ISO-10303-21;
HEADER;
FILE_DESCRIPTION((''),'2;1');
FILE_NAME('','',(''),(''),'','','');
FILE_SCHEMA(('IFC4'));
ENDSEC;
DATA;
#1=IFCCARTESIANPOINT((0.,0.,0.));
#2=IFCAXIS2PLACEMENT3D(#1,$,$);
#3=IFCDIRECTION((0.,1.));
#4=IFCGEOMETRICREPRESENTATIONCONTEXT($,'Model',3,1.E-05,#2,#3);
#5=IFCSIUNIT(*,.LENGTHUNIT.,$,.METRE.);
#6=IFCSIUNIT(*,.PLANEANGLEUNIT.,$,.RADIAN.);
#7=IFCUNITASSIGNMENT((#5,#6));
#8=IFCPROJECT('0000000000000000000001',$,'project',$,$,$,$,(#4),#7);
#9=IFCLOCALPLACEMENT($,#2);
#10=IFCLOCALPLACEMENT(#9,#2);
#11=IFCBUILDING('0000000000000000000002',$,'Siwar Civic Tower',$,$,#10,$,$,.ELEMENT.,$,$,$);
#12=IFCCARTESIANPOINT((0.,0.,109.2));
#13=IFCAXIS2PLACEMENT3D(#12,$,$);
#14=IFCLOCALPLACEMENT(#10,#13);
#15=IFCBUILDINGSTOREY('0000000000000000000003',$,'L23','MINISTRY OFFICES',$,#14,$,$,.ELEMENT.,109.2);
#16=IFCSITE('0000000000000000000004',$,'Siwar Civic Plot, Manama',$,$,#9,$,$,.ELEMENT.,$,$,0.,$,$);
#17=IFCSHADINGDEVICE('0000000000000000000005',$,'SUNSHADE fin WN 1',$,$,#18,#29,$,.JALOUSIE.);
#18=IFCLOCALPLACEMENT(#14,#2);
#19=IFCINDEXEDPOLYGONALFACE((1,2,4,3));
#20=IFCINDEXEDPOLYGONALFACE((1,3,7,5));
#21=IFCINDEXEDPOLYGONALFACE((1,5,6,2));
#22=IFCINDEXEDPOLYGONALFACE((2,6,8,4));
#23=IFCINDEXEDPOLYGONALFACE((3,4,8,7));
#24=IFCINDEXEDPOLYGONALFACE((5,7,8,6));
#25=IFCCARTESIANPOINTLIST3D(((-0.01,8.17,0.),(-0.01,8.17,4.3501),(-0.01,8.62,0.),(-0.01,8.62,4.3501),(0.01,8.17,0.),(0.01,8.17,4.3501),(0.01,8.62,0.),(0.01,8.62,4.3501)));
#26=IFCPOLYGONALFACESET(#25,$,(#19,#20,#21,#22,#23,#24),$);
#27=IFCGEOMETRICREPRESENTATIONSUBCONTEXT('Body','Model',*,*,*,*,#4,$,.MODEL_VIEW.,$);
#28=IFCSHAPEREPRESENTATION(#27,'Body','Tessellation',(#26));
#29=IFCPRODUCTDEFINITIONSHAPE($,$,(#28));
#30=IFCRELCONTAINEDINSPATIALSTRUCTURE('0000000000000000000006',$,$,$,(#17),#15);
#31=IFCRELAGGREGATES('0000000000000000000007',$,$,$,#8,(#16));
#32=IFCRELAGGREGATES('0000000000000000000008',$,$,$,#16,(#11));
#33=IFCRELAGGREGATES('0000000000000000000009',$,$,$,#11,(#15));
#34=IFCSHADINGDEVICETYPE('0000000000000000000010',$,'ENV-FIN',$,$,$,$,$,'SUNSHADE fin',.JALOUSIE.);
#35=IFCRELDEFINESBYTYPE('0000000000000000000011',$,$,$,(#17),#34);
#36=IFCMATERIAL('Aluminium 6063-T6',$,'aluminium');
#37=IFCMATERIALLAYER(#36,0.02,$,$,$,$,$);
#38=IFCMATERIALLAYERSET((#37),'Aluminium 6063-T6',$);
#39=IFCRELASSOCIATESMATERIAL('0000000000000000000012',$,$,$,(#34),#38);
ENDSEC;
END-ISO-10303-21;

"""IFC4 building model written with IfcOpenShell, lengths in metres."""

from ifc_helpers import new_model, si_unit, direction, frame, origin, origin_2d, place, context, subcontext, project, spatial, rectangle, extrude, material, layer, layer_set, type_object, element, save


model = new_model("IFC4")

# Units and contexts
model_context = context("Model", 3, precision=1e-05, world=origin(), true_north=direction((0.0, 1.0)))
body_context = subcontext(model_context, "Body", "Model", "MODEL_VIEW")
ifc_project = project(units=[si_unit("LENGTHUNIT", "METRE"), si_unit("PLANEANGLEUNIT", "RADIAN")], contexts=[model_context])

# Site, building, storey
site_placement = place(None, origin())
site = spatial("IfcSite", under=ifc_project, at=site_placement, Name="Siwar Civic Plot, Manama", CompositionType="ELEMENT", RefElevation=0.0)
building_placement = place(site_placement, origin())
building = spatial("IfcBuilding", under=site, at=building_placement, Name="Siwar Civic Tower", CompositionType="ELEMENT")
storey_placement = place(building_placement, frame((0.0, 0.0, 109.2)))
storey = spatial("IfcBuildingStorey", under=building, at=storey_placement, Name="L23", Description="MINISTRY OFFICES", CompositionType="ELEMENT", Elevation=109.2)

# Shading device
ifc_material_1 = material(Name="Aluminium 6063-T6", Category="aluminium")
ifc_layer_1 = layer(ifc_material_1, 0.02)
ifc_layer_set_1 = layer_set([ifc_layer_1], Name="Aluminium 6063-T6")
shading_device_type = type_object("IfcShadingDeviceType", Name="ENV-FIN", ElementType="SUNSHADE fin", PredefinedType="JALOUSIE", material=ifc_layer_set_1)
shading_device_placement = place(storey_placement, frame((0.0, 8.395, 0.0), z_axis=(0.0, 0.0, 1.0), x_axis=(-1.0, 0.0, 0.0)))
element("IfcShadingDevice", 1, at=shading_device_placement, inside=storey, type_object=shading_device_type, Name="SUNSHADE fin WN 1", PredefinedType="JALOUSIE", context=body_context, shape_type="SweptSolid", body=[
    extrude(rectangle(XDim=0.02, YDim=0.45, at=origin_2d()), origin(), (0.0, 0.0, 1.0), 4.3501),
])

save(model, "model.ifc")
